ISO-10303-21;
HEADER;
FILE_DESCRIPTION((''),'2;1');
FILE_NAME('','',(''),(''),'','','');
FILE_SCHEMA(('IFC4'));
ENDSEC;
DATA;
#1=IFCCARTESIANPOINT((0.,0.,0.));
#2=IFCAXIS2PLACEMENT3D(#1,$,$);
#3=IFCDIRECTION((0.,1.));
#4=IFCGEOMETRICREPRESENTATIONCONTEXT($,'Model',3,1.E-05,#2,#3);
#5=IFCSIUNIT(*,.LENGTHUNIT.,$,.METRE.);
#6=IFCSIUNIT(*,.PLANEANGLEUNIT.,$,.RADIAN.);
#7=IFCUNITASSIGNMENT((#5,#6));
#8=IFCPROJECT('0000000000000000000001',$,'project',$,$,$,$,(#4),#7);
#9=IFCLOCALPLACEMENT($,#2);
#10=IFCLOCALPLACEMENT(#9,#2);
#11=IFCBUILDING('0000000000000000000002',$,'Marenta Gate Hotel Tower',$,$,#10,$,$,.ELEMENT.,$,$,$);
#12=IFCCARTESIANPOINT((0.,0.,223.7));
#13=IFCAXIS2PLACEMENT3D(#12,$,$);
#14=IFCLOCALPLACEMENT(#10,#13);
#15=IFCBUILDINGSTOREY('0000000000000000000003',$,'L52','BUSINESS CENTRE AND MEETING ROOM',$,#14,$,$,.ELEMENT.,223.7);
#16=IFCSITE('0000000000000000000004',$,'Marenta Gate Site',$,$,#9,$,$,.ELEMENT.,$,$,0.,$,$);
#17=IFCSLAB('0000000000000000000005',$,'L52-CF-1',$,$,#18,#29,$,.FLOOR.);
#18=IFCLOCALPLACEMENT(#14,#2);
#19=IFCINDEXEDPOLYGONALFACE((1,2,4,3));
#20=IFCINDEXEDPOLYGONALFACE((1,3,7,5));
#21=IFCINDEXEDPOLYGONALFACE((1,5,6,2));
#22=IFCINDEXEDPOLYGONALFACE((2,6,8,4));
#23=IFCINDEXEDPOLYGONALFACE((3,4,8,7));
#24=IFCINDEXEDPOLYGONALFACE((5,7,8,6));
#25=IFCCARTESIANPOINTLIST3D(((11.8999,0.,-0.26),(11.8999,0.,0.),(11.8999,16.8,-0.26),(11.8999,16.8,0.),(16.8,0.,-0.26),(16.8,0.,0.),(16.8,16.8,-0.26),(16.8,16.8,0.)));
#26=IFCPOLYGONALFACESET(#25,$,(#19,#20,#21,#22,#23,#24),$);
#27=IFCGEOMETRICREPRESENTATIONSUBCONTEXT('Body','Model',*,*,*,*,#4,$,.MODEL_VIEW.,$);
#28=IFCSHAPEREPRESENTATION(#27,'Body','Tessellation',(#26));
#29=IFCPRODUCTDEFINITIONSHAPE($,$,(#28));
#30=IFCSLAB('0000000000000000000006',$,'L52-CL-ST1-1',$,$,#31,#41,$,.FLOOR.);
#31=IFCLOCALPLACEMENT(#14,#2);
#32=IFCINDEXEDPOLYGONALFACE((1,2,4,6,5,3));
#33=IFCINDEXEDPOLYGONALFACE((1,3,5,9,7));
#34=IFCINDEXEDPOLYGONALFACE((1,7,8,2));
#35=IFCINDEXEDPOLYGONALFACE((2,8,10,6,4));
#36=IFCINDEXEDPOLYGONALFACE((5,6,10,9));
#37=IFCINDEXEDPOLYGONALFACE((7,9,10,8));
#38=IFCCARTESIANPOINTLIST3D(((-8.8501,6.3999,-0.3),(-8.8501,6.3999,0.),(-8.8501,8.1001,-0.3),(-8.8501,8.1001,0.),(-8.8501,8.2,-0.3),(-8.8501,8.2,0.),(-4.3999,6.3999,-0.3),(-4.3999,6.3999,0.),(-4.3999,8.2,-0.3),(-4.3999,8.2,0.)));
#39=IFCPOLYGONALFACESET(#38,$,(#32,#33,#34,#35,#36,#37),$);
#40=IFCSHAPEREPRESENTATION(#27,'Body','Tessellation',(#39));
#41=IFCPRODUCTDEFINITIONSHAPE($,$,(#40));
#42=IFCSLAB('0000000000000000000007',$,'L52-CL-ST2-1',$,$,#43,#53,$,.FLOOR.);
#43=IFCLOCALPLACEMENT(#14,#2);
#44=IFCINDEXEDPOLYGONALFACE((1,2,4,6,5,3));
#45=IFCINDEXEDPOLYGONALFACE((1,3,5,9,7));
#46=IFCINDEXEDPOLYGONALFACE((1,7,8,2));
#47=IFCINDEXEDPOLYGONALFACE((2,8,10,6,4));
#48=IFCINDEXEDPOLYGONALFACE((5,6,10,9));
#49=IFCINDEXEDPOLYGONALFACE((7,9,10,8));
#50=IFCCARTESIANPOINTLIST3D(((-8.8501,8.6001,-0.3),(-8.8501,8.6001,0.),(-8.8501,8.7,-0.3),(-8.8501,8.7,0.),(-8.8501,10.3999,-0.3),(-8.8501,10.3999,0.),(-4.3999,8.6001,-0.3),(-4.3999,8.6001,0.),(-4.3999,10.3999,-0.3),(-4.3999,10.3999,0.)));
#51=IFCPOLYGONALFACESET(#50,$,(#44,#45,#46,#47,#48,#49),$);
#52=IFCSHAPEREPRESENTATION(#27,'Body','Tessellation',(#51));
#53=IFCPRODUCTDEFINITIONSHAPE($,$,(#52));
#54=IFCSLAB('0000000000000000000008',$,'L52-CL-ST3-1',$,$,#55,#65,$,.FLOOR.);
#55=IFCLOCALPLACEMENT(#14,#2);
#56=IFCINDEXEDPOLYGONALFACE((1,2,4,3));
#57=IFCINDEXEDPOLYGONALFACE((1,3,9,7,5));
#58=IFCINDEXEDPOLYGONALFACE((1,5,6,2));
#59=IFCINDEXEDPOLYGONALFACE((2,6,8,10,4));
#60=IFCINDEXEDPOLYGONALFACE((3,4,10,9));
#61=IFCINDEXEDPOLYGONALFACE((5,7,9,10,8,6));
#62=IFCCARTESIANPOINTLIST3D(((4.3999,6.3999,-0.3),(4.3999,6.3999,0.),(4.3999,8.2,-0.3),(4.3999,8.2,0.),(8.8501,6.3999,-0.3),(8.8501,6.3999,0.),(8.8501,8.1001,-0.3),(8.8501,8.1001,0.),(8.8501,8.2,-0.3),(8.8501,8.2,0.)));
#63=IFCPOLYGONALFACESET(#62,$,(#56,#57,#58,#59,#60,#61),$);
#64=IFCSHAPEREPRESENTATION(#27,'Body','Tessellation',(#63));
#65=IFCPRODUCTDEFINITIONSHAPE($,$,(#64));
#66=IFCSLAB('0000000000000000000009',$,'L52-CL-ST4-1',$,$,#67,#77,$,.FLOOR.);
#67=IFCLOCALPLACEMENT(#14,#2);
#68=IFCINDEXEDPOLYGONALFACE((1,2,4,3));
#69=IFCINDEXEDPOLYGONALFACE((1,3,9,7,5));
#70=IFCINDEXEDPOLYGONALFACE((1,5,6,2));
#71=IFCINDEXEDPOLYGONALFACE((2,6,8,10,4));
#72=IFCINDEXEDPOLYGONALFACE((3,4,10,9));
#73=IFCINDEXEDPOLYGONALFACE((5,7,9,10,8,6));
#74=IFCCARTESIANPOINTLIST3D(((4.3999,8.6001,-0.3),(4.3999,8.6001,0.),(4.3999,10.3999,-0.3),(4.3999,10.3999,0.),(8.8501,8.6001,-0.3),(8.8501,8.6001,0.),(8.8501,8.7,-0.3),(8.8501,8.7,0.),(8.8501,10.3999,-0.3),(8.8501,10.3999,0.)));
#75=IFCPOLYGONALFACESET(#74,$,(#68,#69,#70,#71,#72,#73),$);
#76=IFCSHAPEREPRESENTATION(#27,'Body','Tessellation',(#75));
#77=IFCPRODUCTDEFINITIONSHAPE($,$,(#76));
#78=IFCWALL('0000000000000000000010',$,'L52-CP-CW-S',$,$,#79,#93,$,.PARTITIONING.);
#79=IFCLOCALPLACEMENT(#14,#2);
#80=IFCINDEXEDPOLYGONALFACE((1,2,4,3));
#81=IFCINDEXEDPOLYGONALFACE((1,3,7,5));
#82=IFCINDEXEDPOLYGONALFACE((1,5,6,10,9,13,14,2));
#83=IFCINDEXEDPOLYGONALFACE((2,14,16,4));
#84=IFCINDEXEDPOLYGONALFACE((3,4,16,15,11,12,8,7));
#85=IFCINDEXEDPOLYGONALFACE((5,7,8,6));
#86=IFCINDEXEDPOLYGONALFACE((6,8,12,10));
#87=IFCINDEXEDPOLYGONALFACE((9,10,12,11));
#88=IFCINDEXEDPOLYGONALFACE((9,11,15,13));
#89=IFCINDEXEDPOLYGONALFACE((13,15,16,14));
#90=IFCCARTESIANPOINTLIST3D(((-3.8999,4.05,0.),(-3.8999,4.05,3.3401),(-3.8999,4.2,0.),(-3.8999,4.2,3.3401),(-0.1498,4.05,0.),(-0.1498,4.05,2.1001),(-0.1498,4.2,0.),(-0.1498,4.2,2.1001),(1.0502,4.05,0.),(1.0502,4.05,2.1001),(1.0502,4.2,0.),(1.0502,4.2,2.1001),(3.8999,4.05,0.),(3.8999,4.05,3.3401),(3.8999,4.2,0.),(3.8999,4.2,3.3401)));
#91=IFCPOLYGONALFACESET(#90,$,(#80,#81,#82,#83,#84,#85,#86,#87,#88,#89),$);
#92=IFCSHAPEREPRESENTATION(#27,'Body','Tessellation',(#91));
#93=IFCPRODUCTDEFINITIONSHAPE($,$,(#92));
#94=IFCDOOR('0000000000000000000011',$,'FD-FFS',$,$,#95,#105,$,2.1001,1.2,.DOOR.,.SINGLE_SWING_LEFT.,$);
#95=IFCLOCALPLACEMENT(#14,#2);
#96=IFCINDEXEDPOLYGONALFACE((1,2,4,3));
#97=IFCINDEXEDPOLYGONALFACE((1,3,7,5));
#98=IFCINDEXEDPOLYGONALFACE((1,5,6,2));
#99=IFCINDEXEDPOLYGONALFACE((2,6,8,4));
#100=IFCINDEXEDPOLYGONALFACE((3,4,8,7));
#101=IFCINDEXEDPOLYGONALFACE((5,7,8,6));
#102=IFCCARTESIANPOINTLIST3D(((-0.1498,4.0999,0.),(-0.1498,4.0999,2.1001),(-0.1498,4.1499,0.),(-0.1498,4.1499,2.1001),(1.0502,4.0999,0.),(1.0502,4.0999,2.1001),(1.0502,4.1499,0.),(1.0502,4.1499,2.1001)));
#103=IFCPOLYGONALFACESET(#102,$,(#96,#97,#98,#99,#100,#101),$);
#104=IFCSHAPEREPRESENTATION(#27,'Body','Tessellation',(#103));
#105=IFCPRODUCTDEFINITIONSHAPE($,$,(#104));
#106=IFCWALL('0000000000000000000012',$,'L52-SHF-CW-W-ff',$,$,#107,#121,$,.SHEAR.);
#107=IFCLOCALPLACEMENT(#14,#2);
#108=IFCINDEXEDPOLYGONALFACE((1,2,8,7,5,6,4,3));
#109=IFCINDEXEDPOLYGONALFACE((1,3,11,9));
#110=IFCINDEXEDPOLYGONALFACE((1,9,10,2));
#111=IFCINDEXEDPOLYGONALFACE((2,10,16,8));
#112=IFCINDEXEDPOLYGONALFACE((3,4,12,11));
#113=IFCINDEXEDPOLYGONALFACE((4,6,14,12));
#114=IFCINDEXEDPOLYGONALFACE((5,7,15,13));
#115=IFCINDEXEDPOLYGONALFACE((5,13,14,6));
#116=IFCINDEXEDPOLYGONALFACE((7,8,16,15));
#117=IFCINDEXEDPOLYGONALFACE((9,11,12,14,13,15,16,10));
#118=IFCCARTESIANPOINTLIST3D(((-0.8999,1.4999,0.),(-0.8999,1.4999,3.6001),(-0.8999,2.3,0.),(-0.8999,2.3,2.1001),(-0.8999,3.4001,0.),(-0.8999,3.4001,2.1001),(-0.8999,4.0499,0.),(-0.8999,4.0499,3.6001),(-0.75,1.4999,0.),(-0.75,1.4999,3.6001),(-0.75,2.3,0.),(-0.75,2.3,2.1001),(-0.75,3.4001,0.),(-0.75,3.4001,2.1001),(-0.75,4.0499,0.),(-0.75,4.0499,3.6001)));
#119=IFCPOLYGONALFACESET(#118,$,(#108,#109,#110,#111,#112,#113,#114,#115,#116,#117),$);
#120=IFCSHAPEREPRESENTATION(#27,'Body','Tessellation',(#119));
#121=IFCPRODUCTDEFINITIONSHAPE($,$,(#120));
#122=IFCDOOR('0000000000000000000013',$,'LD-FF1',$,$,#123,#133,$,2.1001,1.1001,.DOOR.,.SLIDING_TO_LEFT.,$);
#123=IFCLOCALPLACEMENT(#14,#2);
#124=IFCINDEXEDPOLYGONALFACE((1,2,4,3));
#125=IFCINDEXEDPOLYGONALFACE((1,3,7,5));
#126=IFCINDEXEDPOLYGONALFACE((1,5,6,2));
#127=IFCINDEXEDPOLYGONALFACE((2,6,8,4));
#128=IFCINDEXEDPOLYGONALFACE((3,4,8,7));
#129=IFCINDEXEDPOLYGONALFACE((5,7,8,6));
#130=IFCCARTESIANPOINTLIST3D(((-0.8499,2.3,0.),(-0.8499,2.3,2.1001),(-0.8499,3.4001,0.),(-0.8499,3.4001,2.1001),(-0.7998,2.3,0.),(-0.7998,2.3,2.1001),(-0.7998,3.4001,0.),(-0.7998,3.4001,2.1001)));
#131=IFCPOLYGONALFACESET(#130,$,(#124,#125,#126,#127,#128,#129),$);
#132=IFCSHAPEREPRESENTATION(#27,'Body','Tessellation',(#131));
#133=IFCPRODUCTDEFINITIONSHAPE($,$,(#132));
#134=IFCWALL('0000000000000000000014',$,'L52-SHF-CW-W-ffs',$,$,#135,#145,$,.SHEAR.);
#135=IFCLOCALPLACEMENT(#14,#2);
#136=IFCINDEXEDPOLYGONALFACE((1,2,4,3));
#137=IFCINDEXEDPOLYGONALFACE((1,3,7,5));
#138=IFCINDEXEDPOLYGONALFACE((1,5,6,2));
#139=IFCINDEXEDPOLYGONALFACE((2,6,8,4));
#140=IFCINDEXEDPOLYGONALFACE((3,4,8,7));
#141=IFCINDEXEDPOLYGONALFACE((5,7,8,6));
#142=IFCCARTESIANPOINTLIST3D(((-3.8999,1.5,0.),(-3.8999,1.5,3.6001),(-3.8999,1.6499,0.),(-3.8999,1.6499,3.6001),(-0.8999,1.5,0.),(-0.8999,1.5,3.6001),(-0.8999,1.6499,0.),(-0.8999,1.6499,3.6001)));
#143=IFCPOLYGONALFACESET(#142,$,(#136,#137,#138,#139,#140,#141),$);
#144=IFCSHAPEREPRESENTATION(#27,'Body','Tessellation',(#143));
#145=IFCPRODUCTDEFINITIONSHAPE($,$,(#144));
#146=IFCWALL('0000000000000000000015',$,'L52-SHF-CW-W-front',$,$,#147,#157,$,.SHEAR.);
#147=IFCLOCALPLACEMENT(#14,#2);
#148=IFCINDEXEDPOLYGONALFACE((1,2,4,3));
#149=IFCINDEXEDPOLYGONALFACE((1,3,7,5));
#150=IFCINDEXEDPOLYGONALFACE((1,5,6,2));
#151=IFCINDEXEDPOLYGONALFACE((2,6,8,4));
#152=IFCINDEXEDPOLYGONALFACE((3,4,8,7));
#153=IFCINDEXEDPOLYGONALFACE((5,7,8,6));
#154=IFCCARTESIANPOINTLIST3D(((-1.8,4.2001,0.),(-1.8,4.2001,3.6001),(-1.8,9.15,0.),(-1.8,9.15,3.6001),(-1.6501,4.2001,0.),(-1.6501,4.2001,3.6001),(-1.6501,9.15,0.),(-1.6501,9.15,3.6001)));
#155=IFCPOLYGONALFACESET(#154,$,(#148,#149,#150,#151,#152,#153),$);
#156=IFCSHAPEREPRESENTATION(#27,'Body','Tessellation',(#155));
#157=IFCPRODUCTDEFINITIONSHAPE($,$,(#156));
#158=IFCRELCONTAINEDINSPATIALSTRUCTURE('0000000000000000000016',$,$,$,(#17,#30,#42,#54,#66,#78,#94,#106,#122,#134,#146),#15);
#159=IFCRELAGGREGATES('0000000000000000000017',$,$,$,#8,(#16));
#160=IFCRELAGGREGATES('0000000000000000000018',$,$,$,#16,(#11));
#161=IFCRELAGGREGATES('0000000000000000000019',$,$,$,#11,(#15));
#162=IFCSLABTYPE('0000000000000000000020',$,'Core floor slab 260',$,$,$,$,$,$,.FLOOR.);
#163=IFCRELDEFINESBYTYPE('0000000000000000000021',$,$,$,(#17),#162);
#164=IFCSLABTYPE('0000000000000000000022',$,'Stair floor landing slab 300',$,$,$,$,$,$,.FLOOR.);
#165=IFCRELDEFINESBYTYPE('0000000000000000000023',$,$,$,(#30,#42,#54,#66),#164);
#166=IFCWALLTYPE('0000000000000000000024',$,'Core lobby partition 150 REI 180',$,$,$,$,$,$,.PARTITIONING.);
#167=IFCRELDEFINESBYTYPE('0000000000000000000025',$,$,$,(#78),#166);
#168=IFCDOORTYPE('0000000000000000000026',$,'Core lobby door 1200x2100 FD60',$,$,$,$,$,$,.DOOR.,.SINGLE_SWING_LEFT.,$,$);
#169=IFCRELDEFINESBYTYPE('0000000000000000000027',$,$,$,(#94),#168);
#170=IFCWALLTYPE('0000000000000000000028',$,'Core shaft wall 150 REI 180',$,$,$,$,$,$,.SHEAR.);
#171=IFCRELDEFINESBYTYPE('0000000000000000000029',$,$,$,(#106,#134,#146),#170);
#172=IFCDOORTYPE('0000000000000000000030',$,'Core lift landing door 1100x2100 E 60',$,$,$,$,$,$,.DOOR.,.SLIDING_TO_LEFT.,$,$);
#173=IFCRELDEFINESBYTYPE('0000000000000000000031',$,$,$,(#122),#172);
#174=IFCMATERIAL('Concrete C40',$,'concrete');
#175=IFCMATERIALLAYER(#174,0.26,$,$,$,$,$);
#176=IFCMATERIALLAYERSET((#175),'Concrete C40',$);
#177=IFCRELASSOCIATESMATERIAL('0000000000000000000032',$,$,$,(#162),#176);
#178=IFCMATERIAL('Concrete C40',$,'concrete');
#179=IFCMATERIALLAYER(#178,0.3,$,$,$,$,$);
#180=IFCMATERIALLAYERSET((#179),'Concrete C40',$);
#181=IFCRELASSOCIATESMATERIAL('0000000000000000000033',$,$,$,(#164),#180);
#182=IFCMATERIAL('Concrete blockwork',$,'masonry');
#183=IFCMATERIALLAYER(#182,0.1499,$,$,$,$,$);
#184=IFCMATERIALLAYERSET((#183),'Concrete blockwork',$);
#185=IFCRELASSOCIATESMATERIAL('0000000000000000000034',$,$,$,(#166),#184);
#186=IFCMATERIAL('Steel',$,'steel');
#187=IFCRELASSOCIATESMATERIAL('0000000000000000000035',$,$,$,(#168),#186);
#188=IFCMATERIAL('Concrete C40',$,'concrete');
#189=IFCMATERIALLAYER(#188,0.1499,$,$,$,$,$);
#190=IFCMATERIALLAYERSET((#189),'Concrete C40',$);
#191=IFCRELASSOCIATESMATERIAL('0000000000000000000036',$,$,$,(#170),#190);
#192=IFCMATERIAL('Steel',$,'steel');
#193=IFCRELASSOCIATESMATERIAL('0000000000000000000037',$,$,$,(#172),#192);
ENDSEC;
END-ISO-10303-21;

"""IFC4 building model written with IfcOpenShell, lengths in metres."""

from ifc_helpers import new_model, si_unit, direction, frame, frame_2d, origin, place, context, subcontext, project, spatial, polyline, rectangle, outline, extrude, material, layer, layer_set, type_object, element, fill, save


model = new_model("IFC4")

# Units and contexts
model_context = context("Model", 3, precision=1e-05, world=origin(), true_north=direction((0.0, 1.0)))
body_context = subcontext(model_context, "Body", "Model", "MODEL_VIEW")
ifc_project = project(units=[si_unit("LENGTHUNIT", "METRE"), si_unit("PLANEANGLEUNIT", "RADIAN")], contexts=[model_context])

# Site, building, storey
site_placement = place(None, origin())
site = spatial("IfcSite", under=ifc_project, at=site_placement, Name="Marenta Gate Site", CompositionType="ELEMENT", RefElevation=0.0)
building_placement = place(site_placement, origin())
building = spatial("IfcBuilding", under=site, at=building_placement, Name="Marenta Gate Hotel Tower", CompositionType="ELEMENT")
storey_placement = place(building_placement, frame((0.0, 0.0, 223.7)))
storey = spatial("IfcBuildingStorey", under=building, at=storey_placement, Name="L52", Description="BUSINESS CENTRE AND MEETING ROOM", CompositionType="ELEMENT", Elevation=223.7)

# Slabs
ifc_material_1 = material(Name="Concrete C40", Category="concrete")
ifc_layer_1 = layer(ifc_material_1, 0.26)
ifc_layer_set_1 = layer_set([ifc_layer_1], Name="Concrete C40")
slab_type_1 = type_object("IfcSlabType", Name="Core floor slab 260", PredefinedType="FLOOR", material=ifc_layer_set_1)
slab_1_placement = place(storey_placement, frame((0.0, 0.0, -0.26)))
element("IfcSlab", 1, at=slab_1_placement, inside=storey, type_object=slab_type_1, Name="L52-CF-1", PredefinedType="FLOOR", context=body_context, shape_type="SweptSolid", body=[
    extrude(outline(polyline([(11.8999, 0.0), (11.8999, 16.8), (16.8, 16.8), (16.8, 0.0), (11.8999, 0.0)])), origin(), (0.0, 0.0, 1.0), 0.26),
])
ifc_material_2 = material(Name="Concrete C40", Category="concrete")
ifc_layer_2 = layer(ifc_material_2, 0.3)
ifc_layer_set_2 = layer_set([ifc_layer_2], Name="Concrete C40")
slab_type_2 = type_object("IfcSlabType", Name="Stair floor landing slab 300", PredefinedType="FLOOR", material=ifc_layer_set_2)
slab_2_placement = place(storey_placement, frame((0.0, 0.0, -0.3)))
element("IfcSlab", 2, at=slab_2_placement, inside=storey, type_object=slab_type_2, Name="L52-CL-ST1-1", PredefinedType="FLOOR", context=body_context, shape_type="SweptSolid", body=[
    extrude(outline(polyline([(-4.3999, 6.3999), (-8.8501, 6.3999), (-8.8501, 8.1001), (-8.8501, 8.2), (-4.3999, 8.2), (-4.3999, 6.3999)])), origin(), (0.0, 0.0, 1.0), 0.3),
])
slab_3_placement = place(storey_placement, frame((0.0, 0.0, -0.3)))
element("IfcSlab", 3, at=slab_3_placement, inside=storey, type_object=slab_type_2, Name="L52-CL-ST2-1", PredefinedType="FLOOR", context=body_context, shape_type="SweptSolid", body=[
    extrude(outline(polyline([(-4.3999, 8.6001), (-8.8501, 8.6001), (-8.8501, 8.7), (-8.8501, 10.3999), (-4.3999, 10.3999), (-4.3999, 8.6001)])), origin(), (0.0, 0.0, 1.0), 0.3),
])
slab_4_placement = place(storey_placement, frame((0.0, 0.0, -0.3)))
element("IfcSlab", 4, at=slab_4_placement, inside=storey, type_object=slab_type_2, Name="L52-CL-ST3-1", PredefinedType="FLOOR", context=body_context, shape_type="SweptSolid", body=[
    extrude(outline(polyline([(4.3999, 6.3999), (4.3999, 8.2), (8.8501, 8.2), (8.8501, 8.1001), (8.8501, 6.3999), (4.3999, 6.3999)])), origin(), (0.0, 0.0, 1.0), 0.3),
])
slab_5_placement = place(storey_placement, frame((0.0, 0.0, -0.3)))
element("IfcSlab", 5, at=slab_5_placement, inside=storey, type_object=slab_type_2, Name="L52-CL-ST4-1", PredefinedType="FLOOR", context=body_context, shape_type="SweptSolid", body=[
    extrude(outline(polyline([(4.3999, 8.6001), (4.3999, 10.3999), (8.8501, 10.3999), (8.8501, 8.7), (8.8501, 8.6001), (4.3999, 8.6001)])), origin(), (0.0, 0.0, 1.0), 0.3),
])

# Walls, openings, doors
ifc_material_3 = material(Name="Concrete blockwork", Category="masonry")
ifc_layer_3 = layer(ifc_material_3, 0.1499)
ifc_layer_set_3 = layer_set([ifc_layer_3], Name="Concrete blockwork")
wall_type_1 = type_object("IfcWallType", Name="Core lobby partition 150 REI 180", PredefinedType="PARTITIONING", material=ifc_layer_set_3)
wall_1_placement = place(storey_placement, frame((-3.8999, 4.125, 0.0), z_axis=(0.0, 0.0, 1.0), x_axis=(1.0, 0.0, 0.0)))
wall_1 = element("IfcWall", 6, at=wall_1_placement, inside=storey, type_object=wall_type_1, Name="L52-CP-CW-S", PredefinedType="PARTITIONING", context=body_context, shape_type="SweptSolid", body=[
    extrude(rectangle(XDim=7.7998, YDim=0.1499, at=frame_2d((3.8999, 0.0))), origin(), (0.0, 0.0, 1.0), 3.3401),
])
opening_1_placement = place(wall_1_placement, frame((3.75, 0.0, 0.0)))
opening_1 = element("IfcOpeningElement", 7, at=opening_1_placement, cuts=wall_1, PredefinedType="OPENING", context=body_context, shape_type="SweptSolid", body=[
    extrude(rectangle(XDim=1.2, YDim=2.1001, at=frame_2d((0.6001, 1.05))), frame((0.0, 0.075, 0.0), z_axis=(0.0, -1.0, 0.0), x_axis=(1.0, 0.0, 0.0)), (0.0, 0.0, 1.0), 0.1499),
])
ifc_material_4 = material(Name="Steel", Category="steel")
door_type_1 = type_object("IfcDoorType", Name="Core lobby door 1200x2100 FD60", OperationType="SINGLE_SWING_LEFT", PredefinedType="DOOR", material=ifc_material_4)
door_1_placement = place(opening_1_placement, origin())
door_1 = element("IfcDoor", 8, at=door_1_placement, inside=storey, type_object=door_type_1, Name="FD-FFS", OperationType="SINGLE_SWING_LEFT", OverallHeight=2.1001, OverallWidth=1.2, PredefinedType="DOOR", context=body_context, shape_type="SweptSolid", body=[
    extrude(rectangle(XDim=1.2, YDim=2.1001, at=frame_2d((0.6001, 1.05))), frame((0.0, 0.0249, 0.0), z_axis=(0.0, -1.0, 0.0), x_axis=(1.0, 0.0, 0.0)), (0.0, 0.0, 1.0), 0.05),
])
fill(opening_1, door_1)
ifc_material_5 = material(Name="Concrete C40", Category="concrete")
ifc_layer_4 = layer(ifc_material_5, 0.1499)
ifc_layer_set_4 = layer_set([ifc_layer_4], Name="Concrete C40")
wall_type_2 = type_object("IfcWallType", Name="Core shaft wall 150 REI 180", PredefinedType="SHEAR", material=ifc_layer_set_4)
wall_2_placement = place(storey_placement, frame((-0.825, 1.5, 0.0), z_axis=(0.0, 0.0, 1.0), x_axis=(0.0, 1.0, 0.0)))
wall_2 = element("IfcWall", 9, at=wall_2_placement, inside=storey, type_object=wall_type_2, Name="L52-SHF-CW-W-ff", PredefinedType="SHEAR", context=body_context, shape_type="SweptSolid", body=[
    extrude(rectangle(XDim=2.55, YDim=0.1499, at=frame_2d((1.2749, 0.0))), origin(), (0.0, 0.0, 1.0), 3.6001),
])
opening_2_placement = place(wall_2_placement, frame((0.8, 0.0, 0.0)))
opening_2 = element("IfcOpeningElement", 10, at=opening_2_placement, cuts=wall_2, PredefinedType="OPENING", context=body_context, shape_type="SweptSolid", body=[
    extrude(rectangle(XDim=1.1001, YDim=2.1001, at=frame_2d((0.55, 1.05))), frame((0.0, 0.075, 0.0), z_axis=(0.0, -1.0, 0.0), x_axis=(1.0, 0.0, 0.0)), (0.0, 0.0, 1.0), 0.1499),
])
ifc_material_6 = material(Name="Steel", Category="steel")
door_type_2 = type_object("IfcDoorType", Name="Core lift landing door 1100x2100 E 60", OperationType="SLIDING_TO_LEFT", PredefinedType="DOOR", material=ifc_material_6)
door_2_placement = place(opening_2_placement, origin())
door_2 = element("IfcDoor", 11, at=door_2_placement, inside=storey, type_object=door_type_2, Name="LD-FF1", OperationType="SLIDING_TO_LEFT", OverallHeight=2.1001, OverallWidth=1.1001, PredefinedType="DOOR", context=body_context, shape_type="SweptSolid", body=[
    extrude(rectangle(XDim=1.1001, YDim=2.1001, at=frame_2d((0.55, 1.05))), frame((0.0, 0.0249, 0.0), z_axis=(0.0, -1.0, 0.0), x_axis=(1.0, 0.0, 0.0)), (0.0, 0.0, 1.0), 0.05),
])
fill(opening_2, door_2)

# Walls
wall_3_placement = place(storey_placement, frame((-3.8999, 1.575, 0.0), z_axis=(0.0, 0.0, 1.0), x_axis=(1.0, 0.0, 0.0)))
element("IfcWall", 12, at=wall_3_placement, inside=storey, type_object=wall_type_2, Name="L52-SHF-CW-W-ffs", PredefinedType="SHEAR", context=body_context, shape_type="SweptSolid", body=[
    extrude(rectangle(XDim=3.0, YDim=0.1499, at=frame_2d((1.5, 0.0))), origin(), (0.0, 0.0, 1.0), 3.6001),
])
wall_4_placement = place(storey_placement, frame((-1.7251, 4.2, 0.0), z_axis=(0.0, 0.0, 1.0), x_axis=(0.0, 1.0, 0.0)))
element("IfcWall", 13, at=wall_4_placement, inside=storey, type_object=wall_type_2, Name="L52-SHF-CW-W-front", PredefinedType="SHEAR", context=body_context, shape_type="SweptSolid", body=[
    extrude(rectangle(XDim=4.95, YDim=0.1499, at=frame_2d((2.4751, 0.0))), origin(), (0.0, 0.0, 1.0), 3.6001),
])

save(model, "model.ifc")
